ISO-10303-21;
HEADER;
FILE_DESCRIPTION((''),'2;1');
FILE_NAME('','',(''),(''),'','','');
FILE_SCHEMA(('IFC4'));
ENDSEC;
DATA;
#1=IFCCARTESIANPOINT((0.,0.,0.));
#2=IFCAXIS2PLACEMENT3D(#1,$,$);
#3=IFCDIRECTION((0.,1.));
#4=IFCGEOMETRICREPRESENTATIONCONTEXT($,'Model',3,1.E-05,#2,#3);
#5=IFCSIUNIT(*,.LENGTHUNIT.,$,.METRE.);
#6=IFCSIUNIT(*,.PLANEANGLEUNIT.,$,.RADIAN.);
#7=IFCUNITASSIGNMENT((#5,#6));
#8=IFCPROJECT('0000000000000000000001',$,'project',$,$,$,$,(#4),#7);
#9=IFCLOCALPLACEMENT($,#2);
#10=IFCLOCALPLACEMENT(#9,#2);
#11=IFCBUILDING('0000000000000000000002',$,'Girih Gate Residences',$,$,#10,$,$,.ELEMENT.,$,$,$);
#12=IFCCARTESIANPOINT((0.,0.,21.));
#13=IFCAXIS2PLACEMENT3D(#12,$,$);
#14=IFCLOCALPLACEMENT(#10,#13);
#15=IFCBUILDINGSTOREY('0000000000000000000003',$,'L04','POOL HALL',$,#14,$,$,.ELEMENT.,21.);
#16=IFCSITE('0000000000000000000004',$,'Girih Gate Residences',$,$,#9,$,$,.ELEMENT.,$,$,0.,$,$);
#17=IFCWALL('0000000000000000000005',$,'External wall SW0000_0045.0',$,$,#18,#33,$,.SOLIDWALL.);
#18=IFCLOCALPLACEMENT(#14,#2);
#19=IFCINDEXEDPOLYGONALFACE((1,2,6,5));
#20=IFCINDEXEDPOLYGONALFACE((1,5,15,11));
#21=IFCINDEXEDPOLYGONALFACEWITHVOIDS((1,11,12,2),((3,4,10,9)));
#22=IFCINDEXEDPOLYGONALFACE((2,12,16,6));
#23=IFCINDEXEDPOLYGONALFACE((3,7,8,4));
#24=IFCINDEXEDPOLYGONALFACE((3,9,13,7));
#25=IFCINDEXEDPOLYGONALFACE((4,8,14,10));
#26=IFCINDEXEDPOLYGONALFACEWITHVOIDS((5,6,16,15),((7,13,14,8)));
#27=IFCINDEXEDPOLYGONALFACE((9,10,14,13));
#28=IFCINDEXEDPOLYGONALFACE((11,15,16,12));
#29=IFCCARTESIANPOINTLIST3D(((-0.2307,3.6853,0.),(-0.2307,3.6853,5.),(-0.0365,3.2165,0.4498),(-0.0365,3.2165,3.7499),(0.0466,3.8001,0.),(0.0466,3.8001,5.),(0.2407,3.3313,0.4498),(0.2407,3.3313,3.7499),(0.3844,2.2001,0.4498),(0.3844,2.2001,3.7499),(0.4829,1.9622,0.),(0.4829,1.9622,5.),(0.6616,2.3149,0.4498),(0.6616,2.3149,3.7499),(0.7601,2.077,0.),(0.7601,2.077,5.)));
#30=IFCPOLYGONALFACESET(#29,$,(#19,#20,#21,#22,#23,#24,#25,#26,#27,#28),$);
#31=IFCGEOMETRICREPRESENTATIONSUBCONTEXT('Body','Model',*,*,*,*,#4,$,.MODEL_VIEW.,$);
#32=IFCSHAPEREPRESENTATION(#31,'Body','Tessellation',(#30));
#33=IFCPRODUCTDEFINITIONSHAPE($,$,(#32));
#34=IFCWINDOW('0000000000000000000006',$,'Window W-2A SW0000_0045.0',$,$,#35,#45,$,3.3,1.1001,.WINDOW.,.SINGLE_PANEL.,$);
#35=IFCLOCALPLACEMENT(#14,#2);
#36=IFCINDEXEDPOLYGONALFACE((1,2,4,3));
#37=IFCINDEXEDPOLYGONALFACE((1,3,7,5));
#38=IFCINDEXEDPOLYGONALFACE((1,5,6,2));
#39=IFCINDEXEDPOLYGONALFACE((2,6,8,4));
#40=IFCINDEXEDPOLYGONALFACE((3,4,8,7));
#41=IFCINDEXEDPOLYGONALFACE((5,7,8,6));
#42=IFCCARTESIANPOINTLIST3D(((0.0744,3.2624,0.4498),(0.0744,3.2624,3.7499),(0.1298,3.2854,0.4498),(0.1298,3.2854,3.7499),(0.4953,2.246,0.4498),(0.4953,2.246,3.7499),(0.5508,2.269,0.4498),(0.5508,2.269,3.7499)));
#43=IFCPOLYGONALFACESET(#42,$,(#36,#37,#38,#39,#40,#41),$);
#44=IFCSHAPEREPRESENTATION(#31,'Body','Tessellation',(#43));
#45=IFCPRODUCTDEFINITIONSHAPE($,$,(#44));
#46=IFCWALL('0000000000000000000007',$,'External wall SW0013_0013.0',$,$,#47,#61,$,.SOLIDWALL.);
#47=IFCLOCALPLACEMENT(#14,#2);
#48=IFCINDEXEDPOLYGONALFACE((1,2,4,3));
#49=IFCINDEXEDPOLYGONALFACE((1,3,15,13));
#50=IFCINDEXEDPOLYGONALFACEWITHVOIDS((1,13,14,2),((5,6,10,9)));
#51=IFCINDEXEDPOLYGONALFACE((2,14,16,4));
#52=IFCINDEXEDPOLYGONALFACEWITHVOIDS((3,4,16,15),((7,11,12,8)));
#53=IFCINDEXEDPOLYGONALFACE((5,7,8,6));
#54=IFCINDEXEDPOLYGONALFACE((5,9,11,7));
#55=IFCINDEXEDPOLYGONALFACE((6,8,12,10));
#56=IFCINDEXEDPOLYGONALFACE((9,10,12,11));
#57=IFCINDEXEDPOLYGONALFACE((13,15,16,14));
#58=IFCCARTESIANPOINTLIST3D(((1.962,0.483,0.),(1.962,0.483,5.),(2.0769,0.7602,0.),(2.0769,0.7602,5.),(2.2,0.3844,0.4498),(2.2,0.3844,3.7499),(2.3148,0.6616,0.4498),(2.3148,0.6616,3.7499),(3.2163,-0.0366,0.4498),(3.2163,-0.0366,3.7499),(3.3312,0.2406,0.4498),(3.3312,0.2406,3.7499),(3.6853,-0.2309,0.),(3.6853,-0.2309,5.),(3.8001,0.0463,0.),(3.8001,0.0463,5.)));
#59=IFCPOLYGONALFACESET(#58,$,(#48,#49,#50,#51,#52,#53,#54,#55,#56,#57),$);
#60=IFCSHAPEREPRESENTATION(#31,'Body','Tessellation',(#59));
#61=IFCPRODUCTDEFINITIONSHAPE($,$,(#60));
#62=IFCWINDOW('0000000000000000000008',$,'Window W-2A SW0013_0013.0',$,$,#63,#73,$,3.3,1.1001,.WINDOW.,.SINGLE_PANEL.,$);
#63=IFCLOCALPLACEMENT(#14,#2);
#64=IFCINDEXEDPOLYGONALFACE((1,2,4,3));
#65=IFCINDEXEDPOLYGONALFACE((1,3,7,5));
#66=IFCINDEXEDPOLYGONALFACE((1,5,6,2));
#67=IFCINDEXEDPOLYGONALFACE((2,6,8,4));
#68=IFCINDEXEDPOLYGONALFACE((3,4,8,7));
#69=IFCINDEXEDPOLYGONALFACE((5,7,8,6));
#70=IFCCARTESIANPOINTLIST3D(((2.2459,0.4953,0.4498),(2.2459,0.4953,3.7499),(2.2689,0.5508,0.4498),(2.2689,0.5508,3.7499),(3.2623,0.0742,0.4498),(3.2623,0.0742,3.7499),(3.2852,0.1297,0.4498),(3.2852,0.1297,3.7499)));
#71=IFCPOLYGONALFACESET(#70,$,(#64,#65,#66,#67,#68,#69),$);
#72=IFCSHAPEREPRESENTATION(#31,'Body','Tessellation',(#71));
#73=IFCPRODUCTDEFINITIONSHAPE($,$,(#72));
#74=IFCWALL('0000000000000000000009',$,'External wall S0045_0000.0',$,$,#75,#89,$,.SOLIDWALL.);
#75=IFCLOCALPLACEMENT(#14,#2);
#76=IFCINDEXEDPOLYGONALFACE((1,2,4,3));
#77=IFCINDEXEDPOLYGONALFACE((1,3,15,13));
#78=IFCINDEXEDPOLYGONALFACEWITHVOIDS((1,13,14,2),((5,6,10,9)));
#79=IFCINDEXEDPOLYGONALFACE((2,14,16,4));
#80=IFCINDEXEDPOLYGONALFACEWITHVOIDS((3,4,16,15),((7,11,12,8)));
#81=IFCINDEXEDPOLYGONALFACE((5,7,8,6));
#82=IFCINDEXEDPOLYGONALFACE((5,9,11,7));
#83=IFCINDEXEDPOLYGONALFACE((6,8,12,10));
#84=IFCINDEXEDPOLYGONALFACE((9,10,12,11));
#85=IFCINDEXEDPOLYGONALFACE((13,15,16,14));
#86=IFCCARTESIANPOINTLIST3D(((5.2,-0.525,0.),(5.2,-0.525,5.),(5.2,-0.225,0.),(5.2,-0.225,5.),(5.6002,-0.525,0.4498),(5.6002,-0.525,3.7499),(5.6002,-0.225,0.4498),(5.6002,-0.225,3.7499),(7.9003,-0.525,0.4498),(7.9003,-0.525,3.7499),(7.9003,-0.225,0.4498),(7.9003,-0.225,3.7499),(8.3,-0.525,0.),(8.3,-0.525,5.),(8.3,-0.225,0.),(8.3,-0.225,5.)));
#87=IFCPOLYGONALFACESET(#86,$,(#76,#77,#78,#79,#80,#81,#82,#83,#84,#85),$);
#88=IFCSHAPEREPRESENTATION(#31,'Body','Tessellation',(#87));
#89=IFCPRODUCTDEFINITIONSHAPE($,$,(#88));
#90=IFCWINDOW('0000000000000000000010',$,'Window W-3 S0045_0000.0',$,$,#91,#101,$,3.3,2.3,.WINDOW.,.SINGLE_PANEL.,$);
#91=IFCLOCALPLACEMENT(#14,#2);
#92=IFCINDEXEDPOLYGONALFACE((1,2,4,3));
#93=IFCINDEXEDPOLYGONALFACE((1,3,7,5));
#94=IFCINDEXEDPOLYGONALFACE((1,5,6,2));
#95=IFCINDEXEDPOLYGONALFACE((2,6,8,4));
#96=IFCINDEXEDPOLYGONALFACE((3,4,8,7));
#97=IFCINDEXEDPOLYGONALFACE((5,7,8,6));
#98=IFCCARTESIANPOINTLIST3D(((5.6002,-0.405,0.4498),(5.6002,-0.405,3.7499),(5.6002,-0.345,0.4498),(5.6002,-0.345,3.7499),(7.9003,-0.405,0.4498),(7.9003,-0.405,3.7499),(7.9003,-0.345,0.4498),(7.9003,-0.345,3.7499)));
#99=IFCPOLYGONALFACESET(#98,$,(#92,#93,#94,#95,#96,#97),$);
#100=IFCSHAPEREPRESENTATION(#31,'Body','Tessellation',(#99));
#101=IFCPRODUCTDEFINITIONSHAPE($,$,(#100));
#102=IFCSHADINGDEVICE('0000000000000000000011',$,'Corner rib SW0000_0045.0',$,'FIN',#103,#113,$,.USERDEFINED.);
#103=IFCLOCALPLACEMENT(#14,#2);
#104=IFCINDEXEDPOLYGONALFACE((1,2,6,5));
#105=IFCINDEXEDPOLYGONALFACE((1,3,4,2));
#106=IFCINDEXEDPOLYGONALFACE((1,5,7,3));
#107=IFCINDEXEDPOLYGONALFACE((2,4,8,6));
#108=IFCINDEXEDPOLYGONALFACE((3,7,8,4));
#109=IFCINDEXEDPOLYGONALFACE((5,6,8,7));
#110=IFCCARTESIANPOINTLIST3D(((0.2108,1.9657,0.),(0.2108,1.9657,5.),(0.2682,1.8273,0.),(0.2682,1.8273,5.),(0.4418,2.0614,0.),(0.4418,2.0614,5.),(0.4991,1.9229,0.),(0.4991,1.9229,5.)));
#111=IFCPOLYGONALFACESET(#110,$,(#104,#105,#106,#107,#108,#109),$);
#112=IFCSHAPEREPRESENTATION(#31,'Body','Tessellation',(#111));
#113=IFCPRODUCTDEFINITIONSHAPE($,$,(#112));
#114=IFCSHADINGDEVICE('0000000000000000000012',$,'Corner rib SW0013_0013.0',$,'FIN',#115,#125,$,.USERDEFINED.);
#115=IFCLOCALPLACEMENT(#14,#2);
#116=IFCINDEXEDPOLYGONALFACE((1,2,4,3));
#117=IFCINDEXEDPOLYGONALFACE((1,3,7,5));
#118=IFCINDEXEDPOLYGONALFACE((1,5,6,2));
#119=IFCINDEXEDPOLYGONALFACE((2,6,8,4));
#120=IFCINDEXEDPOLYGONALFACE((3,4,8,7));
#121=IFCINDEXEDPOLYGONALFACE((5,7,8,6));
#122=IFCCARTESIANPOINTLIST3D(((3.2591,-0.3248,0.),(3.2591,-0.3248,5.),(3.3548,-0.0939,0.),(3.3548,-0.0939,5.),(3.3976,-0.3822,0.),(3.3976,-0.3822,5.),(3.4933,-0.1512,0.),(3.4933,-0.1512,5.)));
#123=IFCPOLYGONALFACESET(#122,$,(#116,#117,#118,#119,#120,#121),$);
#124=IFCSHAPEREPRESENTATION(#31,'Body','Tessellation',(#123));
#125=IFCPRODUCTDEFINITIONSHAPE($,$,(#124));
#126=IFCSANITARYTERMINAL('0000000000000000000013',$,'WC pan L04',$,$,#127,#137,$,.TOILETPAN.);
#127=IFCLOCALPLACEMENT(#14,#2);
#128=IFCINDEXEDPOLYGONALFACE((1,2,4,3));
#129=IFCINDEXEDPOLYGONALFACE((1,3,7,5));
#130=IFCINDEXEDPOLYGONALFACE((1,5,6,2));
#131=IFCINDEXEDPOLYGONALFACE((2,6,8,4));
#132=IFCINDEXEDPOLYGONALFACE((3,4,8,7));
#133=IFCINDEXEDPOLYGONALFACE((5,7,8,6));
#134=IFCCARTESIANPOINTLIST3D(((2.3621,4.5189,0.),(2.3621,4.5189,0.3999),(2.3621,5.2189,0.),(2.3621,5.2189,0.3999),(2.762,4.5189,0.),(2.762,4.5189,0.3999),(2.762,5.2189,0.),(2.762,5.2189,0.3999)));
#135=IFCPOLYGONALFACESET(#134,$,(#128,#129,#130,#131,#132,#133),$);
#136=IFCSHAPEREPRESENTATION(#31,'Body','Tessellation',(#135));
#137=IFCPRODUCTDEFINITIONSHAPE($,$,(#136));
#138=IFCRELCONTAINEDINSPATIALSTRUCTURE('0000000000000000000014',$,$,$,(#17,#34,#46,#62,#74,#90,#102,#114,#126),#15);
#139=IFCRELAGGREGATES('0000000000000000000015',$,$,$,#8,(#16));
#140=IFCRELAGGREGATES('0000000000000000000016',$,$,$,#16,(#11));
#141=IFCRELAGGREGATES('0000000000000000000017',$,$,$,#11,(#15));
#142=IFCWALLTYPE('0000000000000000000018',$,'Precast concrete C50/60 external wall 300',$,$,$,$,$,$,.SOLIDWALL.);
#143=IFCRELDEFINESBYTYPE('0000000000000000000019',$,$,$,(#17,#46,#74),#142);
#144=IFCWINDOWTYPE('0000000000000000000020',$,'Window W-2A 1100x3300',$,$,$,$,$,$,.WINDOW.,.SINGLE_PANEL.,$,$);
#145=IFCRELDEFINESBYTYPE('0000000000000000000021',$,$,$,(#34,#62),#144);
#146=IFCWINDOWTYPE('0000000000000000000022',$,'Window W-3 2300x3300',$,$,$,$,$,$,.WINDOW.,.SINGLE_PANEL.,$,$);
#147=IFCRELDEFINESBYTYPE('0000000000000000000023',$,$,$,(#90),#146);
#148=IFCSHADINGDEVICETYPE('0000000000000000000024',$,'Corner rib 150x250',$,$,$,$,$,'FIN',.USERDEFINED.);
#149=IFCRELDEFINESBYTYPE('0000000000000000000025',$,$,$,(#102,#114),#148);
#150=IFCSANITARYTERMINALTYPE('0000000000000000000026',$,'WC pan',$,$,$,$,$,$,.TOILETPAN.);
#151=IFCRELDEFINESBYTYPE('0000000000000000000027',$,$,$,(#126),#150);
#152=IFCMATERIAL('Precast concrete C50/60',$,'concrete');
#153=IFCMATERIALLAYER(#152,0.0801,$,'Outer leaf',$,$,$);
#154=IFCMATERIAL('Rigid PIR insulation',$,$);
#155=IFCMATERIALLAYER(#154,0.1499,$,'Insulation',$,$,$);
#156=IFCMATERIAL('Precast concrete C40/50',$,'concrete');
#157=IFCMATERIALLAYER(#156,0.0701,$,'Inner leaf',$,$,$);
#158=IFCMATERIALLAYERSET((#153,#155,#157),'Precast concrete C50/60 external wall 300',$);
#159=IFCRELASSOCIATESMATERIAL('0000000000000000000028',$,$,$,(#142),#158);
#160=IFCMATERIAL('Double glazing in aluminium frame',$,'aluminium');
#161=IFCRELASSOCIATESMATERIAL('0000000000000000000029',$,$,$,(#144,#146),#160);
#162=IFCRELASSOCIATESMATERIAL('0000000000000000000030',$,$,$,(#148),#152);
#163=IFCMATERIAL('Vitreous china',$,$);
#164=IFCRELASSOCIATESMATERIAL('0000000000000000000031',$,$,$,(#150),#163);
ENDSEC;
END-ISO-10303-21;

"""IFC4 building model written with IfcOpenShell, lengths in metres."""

from ifc_helpers import new_model, si_unit, direction, frame, frame_2d, origin, origin_2d, place, context, subcontext, project, spatial, rectangle, extrude, material, layer, layer_set, type_object, element, fill, save


model = new_model("IFC4")

# Units and contexts
model_context = context("Model", 3, precision=1e-05, world=origin(), true_north=direction((0.0, 1.0)))
body_context = subcontext(model_context, "Body", "Model", "MODEL_VIEW")
ifc_project = project(units=[si_unit("LENGTHUNIT", "METRE"), si_unit("PLANEANGLEUNIT", "RADIAN")], contexts=[model_context])

# Site, building, storey
site_placement = place(None, origin())
site = spatial("IfcSite", under=ifc_project, at=site_placement, Name="Girih Gate Residences", CompositionType="ELEMENT", RefElevation=0.0)
building_placement = place(site_placement, origin())
building = spatial("IfcBuilding", under=site, at=building_placement, Name="Girih Gate Residences", CompositionType="ELEMENT")
storey_placement = place(building_placement, frame((0.0, 0.0, 21.0)))
storey = spatial("IfcBuildingStorey", under=building, at=storey_placement, Name="L04", Description="POOL HALL", CompositionType="ELEMENT", Elevation=21.0)

# Walls, openings, windows
ifc_material_1 = material(Name="Precast concrete C50/60", Category="concrete")
ifc_layer_1 = layer(ifc_material_1, 0.0801, Name="Outer leaf")
ifc_material_2 = material(Name="Rigid PIR insulation")
ifc_layer_2 = layer(ifc_material_2, 0.1499, Name="Insulation")
ifc_material_3 = material(Name="Precast concrete C40/50", Category="concrete")
ifc_layer_3 = layer(ifc_material_3, 0.0701, Name="Inner leaf")
ifc_layer_set_1 = layer_set([ifc_layer_1, ifc_layer_2, ifc_layer_3], Name="Precast concrete C50/60 external wall 300")
wall_type_1 = type_object("IfcWallType", Name="Precast concrete C50/60 external wall 300", PredefinedType="SOLIDWALL", material=ifc_layer_set_1)
wall_1_placement = place(storey_placement, frame((0.6216, 2.0195, 0.0), z_axis=(0.0, 0.0, 1.0), x_axis=(-0.382625, 0.923904, 0.0)))
wall_1 = element("IfcWall", 1, at=wall_1_placement, inside=storey, type_object=wall_type_1, Name="External wall SW0000_0045.0", PredefinedType="SOLIDWALL", context=body_context, shape_type="SweptSolid", body=[
    extrude(rectangle(XDim=1.865, YDim=0.3, at=frame_2d((0.9326, 0.0))), origin(), (0.0, 0.0, 1.0), 5.0),
])
opening_1_placement = place(wall_1_placement, frame((0.2576, 0.0, 0.45)))
opening_1 = element("IfcOpeningElement", 2, at=opening_1_placement, cuts=wall_1, PredefinedType="OPENING", context=body_context, shape_type="SweptSolid", body=[
    extrude(rectangle(XDim=1.1001, YDim=3.3, at=frame_2d((0.55, 1.6499))), frame((0.0, 0.1599, 0.0), z_axis=(0.0, -1.0, 0.0), x_axis=(1.0, 0.0, 0.0)), (0.0, 0.0, 1.0), 0.3201),
])
ifc_material_4 = material(Name="Double glazing in aluminium frame", Category="aluminium")
window_type_1 = type_object("IfcWindowType", Name="Window W-2A 1100x3300", PartitioningType="SINGLE_PANEL", PredefinedType="WINDOW", material=ifc_material_4)
window_1_placement = place(opening_1_placement, origin())
window_1 = element("IfcWindow", 3, at=window_1_placement, inside=storey, type_object=window_type_1, Name="Window W-2A SW0000_0045.0", OverallHeight=3.3, OverallWidth=1.1001, PartitioningType="SINGLE_PANEL", PredefinedType="WINDOW", context=body_context, shape_type="SweptSolid", body=[
    extrude(rectangle(XDim=1.1001, YDim=3.3, at=frame_2d((0.55, 1.6499))), frame((0.0, 0.03, 0.0), z_axis=(0.0, -1.0, 0.0), x_axis=(1.0, 0.0, 0.0)), (0.0, 0.0, 1.0), 0.0601),
])
fill(opening_1, window_1)
wall_2_placement = place(storey_placement, frame((3.7427, -0.0923, 0.0), z_axis=(0.0, 0.0, 1.0), x_axis=(-0.923857, 0.382737, 0.0)))
wall_2 = element("IfcWall", 4, at=wall_2_placement, inside=storey, type_object=wall_type_1, Name="External wall SW0013_0013.0", PredefinedType="SOLIDWALL", context=body_context, shape_type="SweptSolid", body=[
    extrude(rectangle(XDim=1.8652, YDim=0.3, at=frame_2d((0.9326, 0.0))), origin(), (0.0, 0.0, 1.0), 5.0),
])
opening_2_placement = place(wall_2_placement, frame((0.5076, 0.0, 0.45)))
opening_2 = element("IfcOpeningElement", 5, at=opening_2_placement, cuts=wall_2, PredefinedType="OPENING", context=body_context, shape_type="SweptSolid", body=[
    extrude(rectangle(XDim=1.1001, YDim=3.3, at=frame_2d((0.55, 1.6499))), frame((0.0, 0.1599, 0.0), z_axis=(0.0, -1.0, 0.0), x_axis=(1.0, 0.0, 0.0)), (0.0, 0.0, 1.0), 0.3201),
])
window_2_placement = place(opening_2_placement, origin())
window_2 = element("IfcWindow", 6, at=window_2_placement, inside=storey, type_object=window_type_1, Name="Window W-2A SW0013_0013.0", OverallHeight=3.3, OverallWidth=1.1001, PartitioningType="SINGLE_PANEL", PredefinedType="WINDOW", context=body_context, shape_type="SweptSolid", body=[
    extrude(rectangle(XDim=1.1001, YDim=3.3, at=frame_2d((0.55, 1.6499))), frame((0.0, 0.03, 0.0), z_axis=(0.0, -1.0, 0.0), x_axis=(1.0, 0.0, 0.0)), (0.0, 0.0, 1.0), 0.0601),
])
fill(opening_2, window_2)
wall_3_placement = place(storey_placement, frame((8.3, -0.375, 0.0), z_axis=(0.0, 0.0, 1.0), x_axis=(-1.0, 0.0, 0.0)))
wall_3 = element("IfcWall", 7, at=wall_3_placement, inside=storey, type_object=wall_type_1, Name="External wall S0045_0000.0", PredefinedType="SOLIDWALL", context=body_context, shape_type="SweptSolid", body=[
    extrude(rectangle(XDim=3.1001, YDim=0.3, at=frame_2d((1.55, 0.0))), origin(), (0.0, 0.0, 1.0), 5.0),
])
opening_3_placement = place(wall_3_placement, frame((0.3999, 0.0, 0.45)))
opening_3 = element("IfcOpeningElement", 8, at=opening_3_placement, cuts=wall_3, PredefinedType="OPENING", context=body_context, shape_type="SweptSolid", body=[
    extrude(rectangle(XDim=2.3, YDim=3.3, at=frame_2d((1.1499, 1.6499))), frame((0.0, 0.1599, 0.0), z_axis=(0.0, -1.0, 0.0), x_axis=(1.0, 0.0, 0.0)), (0.0, 0.0, 1.0), 0.3201),
])
window_type_2 = type_object("IfcWindowType", Name="Window W-3 2300x3300", PartitioningType="SINGLE_PANEL", PredefinedType="WINDOW", material=ifc_material_4)
window_3_placement = place(opening_3_placement, origin())
window_3 = element("IfcWindow", 9, at=window_3_placement, inside=storey, type_object=window_type_2, Name="Window W-3 S0045_0000.0", OverallHeight=3.3, OverallWidth=2.3, PartitioningType="SINGLE_PANEL", PredefinedType="WINDOW", context=body_context, shape_type="SweptSolid", body=[
    extrude(rectangle(XDim=2.3, YDim=3.3, at=frame_2d((1.1499, 1.6499))), frame((0.0, 0.03, 0.0), z_axis=(0.0, -1.0, 0.0), x_axis=(1.0, 0.0, 0.0)), (0.0, 0.0, 1.0), 0.0601),
])
fill(opening_3, window_3)

# Shading devices
shading_device_type = type_object("IfcShadingDeviceType", Name="Corner rib 150x250", ElementType="FIN", PredefinedType="USERDEFINED", material=ifc_material_1)
for number, where, z_axis, x_axis, name in (
    (10, (0.355, 1.9443, 0.0), (0.0, 0.0, 1.0), (0.382683, -0.92388, 0.0), "Corner rib SW0000_0045.0"),
    (11, (3.3762, -0.238, 0.0), (0.0, 0.0, 1.0), (0.92388, -0.382683, 0.0), "Corner rib SW0013_0013.0"),
):
    element("IfcShadingDevice", number, at=place(storey_placement, frame(where, z_axis=z_axis, x_axis=x_axis)), inside=storey, type_object=shading_device_type, Name=name, ObjectType="FIN", PredefinedType="USERDEFINED", context=body_context, shape_type="SweptSolid", body=[
        extrude(rectangle(XDim=0.1499, YDim=0.25, at=origin_2d()), origin(), (0.0, 0.0, 1.0), 5.0),
    ])

# Sanitary terminal
ifc_material_5 = material(Name="Vitreous china")
sanitary_terminal_type = type_object("IfcSanitaryTerminalType", Name="WC pan", PredefinedType="TOILETPAN", material=ifc_material_5)
sanitary_terminal_placement = place(storey_placement, frame((2.562, 4.8689, 0.0), z_axis=(0.0, 0.0, 1.0), x_axis=(1.0, 0.0, 0.0)))
element("IfcSanitaryTerminal", 12, at=sanitary_terminal_placement, inside=storey, type_object=sanitary_terminal_type, Name="WC pan L04", PredefinedType="TOILETPAN", context=body_context, shape_type="SweptSolid", body=[
    extrude(rectangle(XDim=0.3999, YDim=0.7, at=origin_2d()), origin(), (0.0, 0.0, 1.0), 0.3999),
])

save(model, "model.ifc")
